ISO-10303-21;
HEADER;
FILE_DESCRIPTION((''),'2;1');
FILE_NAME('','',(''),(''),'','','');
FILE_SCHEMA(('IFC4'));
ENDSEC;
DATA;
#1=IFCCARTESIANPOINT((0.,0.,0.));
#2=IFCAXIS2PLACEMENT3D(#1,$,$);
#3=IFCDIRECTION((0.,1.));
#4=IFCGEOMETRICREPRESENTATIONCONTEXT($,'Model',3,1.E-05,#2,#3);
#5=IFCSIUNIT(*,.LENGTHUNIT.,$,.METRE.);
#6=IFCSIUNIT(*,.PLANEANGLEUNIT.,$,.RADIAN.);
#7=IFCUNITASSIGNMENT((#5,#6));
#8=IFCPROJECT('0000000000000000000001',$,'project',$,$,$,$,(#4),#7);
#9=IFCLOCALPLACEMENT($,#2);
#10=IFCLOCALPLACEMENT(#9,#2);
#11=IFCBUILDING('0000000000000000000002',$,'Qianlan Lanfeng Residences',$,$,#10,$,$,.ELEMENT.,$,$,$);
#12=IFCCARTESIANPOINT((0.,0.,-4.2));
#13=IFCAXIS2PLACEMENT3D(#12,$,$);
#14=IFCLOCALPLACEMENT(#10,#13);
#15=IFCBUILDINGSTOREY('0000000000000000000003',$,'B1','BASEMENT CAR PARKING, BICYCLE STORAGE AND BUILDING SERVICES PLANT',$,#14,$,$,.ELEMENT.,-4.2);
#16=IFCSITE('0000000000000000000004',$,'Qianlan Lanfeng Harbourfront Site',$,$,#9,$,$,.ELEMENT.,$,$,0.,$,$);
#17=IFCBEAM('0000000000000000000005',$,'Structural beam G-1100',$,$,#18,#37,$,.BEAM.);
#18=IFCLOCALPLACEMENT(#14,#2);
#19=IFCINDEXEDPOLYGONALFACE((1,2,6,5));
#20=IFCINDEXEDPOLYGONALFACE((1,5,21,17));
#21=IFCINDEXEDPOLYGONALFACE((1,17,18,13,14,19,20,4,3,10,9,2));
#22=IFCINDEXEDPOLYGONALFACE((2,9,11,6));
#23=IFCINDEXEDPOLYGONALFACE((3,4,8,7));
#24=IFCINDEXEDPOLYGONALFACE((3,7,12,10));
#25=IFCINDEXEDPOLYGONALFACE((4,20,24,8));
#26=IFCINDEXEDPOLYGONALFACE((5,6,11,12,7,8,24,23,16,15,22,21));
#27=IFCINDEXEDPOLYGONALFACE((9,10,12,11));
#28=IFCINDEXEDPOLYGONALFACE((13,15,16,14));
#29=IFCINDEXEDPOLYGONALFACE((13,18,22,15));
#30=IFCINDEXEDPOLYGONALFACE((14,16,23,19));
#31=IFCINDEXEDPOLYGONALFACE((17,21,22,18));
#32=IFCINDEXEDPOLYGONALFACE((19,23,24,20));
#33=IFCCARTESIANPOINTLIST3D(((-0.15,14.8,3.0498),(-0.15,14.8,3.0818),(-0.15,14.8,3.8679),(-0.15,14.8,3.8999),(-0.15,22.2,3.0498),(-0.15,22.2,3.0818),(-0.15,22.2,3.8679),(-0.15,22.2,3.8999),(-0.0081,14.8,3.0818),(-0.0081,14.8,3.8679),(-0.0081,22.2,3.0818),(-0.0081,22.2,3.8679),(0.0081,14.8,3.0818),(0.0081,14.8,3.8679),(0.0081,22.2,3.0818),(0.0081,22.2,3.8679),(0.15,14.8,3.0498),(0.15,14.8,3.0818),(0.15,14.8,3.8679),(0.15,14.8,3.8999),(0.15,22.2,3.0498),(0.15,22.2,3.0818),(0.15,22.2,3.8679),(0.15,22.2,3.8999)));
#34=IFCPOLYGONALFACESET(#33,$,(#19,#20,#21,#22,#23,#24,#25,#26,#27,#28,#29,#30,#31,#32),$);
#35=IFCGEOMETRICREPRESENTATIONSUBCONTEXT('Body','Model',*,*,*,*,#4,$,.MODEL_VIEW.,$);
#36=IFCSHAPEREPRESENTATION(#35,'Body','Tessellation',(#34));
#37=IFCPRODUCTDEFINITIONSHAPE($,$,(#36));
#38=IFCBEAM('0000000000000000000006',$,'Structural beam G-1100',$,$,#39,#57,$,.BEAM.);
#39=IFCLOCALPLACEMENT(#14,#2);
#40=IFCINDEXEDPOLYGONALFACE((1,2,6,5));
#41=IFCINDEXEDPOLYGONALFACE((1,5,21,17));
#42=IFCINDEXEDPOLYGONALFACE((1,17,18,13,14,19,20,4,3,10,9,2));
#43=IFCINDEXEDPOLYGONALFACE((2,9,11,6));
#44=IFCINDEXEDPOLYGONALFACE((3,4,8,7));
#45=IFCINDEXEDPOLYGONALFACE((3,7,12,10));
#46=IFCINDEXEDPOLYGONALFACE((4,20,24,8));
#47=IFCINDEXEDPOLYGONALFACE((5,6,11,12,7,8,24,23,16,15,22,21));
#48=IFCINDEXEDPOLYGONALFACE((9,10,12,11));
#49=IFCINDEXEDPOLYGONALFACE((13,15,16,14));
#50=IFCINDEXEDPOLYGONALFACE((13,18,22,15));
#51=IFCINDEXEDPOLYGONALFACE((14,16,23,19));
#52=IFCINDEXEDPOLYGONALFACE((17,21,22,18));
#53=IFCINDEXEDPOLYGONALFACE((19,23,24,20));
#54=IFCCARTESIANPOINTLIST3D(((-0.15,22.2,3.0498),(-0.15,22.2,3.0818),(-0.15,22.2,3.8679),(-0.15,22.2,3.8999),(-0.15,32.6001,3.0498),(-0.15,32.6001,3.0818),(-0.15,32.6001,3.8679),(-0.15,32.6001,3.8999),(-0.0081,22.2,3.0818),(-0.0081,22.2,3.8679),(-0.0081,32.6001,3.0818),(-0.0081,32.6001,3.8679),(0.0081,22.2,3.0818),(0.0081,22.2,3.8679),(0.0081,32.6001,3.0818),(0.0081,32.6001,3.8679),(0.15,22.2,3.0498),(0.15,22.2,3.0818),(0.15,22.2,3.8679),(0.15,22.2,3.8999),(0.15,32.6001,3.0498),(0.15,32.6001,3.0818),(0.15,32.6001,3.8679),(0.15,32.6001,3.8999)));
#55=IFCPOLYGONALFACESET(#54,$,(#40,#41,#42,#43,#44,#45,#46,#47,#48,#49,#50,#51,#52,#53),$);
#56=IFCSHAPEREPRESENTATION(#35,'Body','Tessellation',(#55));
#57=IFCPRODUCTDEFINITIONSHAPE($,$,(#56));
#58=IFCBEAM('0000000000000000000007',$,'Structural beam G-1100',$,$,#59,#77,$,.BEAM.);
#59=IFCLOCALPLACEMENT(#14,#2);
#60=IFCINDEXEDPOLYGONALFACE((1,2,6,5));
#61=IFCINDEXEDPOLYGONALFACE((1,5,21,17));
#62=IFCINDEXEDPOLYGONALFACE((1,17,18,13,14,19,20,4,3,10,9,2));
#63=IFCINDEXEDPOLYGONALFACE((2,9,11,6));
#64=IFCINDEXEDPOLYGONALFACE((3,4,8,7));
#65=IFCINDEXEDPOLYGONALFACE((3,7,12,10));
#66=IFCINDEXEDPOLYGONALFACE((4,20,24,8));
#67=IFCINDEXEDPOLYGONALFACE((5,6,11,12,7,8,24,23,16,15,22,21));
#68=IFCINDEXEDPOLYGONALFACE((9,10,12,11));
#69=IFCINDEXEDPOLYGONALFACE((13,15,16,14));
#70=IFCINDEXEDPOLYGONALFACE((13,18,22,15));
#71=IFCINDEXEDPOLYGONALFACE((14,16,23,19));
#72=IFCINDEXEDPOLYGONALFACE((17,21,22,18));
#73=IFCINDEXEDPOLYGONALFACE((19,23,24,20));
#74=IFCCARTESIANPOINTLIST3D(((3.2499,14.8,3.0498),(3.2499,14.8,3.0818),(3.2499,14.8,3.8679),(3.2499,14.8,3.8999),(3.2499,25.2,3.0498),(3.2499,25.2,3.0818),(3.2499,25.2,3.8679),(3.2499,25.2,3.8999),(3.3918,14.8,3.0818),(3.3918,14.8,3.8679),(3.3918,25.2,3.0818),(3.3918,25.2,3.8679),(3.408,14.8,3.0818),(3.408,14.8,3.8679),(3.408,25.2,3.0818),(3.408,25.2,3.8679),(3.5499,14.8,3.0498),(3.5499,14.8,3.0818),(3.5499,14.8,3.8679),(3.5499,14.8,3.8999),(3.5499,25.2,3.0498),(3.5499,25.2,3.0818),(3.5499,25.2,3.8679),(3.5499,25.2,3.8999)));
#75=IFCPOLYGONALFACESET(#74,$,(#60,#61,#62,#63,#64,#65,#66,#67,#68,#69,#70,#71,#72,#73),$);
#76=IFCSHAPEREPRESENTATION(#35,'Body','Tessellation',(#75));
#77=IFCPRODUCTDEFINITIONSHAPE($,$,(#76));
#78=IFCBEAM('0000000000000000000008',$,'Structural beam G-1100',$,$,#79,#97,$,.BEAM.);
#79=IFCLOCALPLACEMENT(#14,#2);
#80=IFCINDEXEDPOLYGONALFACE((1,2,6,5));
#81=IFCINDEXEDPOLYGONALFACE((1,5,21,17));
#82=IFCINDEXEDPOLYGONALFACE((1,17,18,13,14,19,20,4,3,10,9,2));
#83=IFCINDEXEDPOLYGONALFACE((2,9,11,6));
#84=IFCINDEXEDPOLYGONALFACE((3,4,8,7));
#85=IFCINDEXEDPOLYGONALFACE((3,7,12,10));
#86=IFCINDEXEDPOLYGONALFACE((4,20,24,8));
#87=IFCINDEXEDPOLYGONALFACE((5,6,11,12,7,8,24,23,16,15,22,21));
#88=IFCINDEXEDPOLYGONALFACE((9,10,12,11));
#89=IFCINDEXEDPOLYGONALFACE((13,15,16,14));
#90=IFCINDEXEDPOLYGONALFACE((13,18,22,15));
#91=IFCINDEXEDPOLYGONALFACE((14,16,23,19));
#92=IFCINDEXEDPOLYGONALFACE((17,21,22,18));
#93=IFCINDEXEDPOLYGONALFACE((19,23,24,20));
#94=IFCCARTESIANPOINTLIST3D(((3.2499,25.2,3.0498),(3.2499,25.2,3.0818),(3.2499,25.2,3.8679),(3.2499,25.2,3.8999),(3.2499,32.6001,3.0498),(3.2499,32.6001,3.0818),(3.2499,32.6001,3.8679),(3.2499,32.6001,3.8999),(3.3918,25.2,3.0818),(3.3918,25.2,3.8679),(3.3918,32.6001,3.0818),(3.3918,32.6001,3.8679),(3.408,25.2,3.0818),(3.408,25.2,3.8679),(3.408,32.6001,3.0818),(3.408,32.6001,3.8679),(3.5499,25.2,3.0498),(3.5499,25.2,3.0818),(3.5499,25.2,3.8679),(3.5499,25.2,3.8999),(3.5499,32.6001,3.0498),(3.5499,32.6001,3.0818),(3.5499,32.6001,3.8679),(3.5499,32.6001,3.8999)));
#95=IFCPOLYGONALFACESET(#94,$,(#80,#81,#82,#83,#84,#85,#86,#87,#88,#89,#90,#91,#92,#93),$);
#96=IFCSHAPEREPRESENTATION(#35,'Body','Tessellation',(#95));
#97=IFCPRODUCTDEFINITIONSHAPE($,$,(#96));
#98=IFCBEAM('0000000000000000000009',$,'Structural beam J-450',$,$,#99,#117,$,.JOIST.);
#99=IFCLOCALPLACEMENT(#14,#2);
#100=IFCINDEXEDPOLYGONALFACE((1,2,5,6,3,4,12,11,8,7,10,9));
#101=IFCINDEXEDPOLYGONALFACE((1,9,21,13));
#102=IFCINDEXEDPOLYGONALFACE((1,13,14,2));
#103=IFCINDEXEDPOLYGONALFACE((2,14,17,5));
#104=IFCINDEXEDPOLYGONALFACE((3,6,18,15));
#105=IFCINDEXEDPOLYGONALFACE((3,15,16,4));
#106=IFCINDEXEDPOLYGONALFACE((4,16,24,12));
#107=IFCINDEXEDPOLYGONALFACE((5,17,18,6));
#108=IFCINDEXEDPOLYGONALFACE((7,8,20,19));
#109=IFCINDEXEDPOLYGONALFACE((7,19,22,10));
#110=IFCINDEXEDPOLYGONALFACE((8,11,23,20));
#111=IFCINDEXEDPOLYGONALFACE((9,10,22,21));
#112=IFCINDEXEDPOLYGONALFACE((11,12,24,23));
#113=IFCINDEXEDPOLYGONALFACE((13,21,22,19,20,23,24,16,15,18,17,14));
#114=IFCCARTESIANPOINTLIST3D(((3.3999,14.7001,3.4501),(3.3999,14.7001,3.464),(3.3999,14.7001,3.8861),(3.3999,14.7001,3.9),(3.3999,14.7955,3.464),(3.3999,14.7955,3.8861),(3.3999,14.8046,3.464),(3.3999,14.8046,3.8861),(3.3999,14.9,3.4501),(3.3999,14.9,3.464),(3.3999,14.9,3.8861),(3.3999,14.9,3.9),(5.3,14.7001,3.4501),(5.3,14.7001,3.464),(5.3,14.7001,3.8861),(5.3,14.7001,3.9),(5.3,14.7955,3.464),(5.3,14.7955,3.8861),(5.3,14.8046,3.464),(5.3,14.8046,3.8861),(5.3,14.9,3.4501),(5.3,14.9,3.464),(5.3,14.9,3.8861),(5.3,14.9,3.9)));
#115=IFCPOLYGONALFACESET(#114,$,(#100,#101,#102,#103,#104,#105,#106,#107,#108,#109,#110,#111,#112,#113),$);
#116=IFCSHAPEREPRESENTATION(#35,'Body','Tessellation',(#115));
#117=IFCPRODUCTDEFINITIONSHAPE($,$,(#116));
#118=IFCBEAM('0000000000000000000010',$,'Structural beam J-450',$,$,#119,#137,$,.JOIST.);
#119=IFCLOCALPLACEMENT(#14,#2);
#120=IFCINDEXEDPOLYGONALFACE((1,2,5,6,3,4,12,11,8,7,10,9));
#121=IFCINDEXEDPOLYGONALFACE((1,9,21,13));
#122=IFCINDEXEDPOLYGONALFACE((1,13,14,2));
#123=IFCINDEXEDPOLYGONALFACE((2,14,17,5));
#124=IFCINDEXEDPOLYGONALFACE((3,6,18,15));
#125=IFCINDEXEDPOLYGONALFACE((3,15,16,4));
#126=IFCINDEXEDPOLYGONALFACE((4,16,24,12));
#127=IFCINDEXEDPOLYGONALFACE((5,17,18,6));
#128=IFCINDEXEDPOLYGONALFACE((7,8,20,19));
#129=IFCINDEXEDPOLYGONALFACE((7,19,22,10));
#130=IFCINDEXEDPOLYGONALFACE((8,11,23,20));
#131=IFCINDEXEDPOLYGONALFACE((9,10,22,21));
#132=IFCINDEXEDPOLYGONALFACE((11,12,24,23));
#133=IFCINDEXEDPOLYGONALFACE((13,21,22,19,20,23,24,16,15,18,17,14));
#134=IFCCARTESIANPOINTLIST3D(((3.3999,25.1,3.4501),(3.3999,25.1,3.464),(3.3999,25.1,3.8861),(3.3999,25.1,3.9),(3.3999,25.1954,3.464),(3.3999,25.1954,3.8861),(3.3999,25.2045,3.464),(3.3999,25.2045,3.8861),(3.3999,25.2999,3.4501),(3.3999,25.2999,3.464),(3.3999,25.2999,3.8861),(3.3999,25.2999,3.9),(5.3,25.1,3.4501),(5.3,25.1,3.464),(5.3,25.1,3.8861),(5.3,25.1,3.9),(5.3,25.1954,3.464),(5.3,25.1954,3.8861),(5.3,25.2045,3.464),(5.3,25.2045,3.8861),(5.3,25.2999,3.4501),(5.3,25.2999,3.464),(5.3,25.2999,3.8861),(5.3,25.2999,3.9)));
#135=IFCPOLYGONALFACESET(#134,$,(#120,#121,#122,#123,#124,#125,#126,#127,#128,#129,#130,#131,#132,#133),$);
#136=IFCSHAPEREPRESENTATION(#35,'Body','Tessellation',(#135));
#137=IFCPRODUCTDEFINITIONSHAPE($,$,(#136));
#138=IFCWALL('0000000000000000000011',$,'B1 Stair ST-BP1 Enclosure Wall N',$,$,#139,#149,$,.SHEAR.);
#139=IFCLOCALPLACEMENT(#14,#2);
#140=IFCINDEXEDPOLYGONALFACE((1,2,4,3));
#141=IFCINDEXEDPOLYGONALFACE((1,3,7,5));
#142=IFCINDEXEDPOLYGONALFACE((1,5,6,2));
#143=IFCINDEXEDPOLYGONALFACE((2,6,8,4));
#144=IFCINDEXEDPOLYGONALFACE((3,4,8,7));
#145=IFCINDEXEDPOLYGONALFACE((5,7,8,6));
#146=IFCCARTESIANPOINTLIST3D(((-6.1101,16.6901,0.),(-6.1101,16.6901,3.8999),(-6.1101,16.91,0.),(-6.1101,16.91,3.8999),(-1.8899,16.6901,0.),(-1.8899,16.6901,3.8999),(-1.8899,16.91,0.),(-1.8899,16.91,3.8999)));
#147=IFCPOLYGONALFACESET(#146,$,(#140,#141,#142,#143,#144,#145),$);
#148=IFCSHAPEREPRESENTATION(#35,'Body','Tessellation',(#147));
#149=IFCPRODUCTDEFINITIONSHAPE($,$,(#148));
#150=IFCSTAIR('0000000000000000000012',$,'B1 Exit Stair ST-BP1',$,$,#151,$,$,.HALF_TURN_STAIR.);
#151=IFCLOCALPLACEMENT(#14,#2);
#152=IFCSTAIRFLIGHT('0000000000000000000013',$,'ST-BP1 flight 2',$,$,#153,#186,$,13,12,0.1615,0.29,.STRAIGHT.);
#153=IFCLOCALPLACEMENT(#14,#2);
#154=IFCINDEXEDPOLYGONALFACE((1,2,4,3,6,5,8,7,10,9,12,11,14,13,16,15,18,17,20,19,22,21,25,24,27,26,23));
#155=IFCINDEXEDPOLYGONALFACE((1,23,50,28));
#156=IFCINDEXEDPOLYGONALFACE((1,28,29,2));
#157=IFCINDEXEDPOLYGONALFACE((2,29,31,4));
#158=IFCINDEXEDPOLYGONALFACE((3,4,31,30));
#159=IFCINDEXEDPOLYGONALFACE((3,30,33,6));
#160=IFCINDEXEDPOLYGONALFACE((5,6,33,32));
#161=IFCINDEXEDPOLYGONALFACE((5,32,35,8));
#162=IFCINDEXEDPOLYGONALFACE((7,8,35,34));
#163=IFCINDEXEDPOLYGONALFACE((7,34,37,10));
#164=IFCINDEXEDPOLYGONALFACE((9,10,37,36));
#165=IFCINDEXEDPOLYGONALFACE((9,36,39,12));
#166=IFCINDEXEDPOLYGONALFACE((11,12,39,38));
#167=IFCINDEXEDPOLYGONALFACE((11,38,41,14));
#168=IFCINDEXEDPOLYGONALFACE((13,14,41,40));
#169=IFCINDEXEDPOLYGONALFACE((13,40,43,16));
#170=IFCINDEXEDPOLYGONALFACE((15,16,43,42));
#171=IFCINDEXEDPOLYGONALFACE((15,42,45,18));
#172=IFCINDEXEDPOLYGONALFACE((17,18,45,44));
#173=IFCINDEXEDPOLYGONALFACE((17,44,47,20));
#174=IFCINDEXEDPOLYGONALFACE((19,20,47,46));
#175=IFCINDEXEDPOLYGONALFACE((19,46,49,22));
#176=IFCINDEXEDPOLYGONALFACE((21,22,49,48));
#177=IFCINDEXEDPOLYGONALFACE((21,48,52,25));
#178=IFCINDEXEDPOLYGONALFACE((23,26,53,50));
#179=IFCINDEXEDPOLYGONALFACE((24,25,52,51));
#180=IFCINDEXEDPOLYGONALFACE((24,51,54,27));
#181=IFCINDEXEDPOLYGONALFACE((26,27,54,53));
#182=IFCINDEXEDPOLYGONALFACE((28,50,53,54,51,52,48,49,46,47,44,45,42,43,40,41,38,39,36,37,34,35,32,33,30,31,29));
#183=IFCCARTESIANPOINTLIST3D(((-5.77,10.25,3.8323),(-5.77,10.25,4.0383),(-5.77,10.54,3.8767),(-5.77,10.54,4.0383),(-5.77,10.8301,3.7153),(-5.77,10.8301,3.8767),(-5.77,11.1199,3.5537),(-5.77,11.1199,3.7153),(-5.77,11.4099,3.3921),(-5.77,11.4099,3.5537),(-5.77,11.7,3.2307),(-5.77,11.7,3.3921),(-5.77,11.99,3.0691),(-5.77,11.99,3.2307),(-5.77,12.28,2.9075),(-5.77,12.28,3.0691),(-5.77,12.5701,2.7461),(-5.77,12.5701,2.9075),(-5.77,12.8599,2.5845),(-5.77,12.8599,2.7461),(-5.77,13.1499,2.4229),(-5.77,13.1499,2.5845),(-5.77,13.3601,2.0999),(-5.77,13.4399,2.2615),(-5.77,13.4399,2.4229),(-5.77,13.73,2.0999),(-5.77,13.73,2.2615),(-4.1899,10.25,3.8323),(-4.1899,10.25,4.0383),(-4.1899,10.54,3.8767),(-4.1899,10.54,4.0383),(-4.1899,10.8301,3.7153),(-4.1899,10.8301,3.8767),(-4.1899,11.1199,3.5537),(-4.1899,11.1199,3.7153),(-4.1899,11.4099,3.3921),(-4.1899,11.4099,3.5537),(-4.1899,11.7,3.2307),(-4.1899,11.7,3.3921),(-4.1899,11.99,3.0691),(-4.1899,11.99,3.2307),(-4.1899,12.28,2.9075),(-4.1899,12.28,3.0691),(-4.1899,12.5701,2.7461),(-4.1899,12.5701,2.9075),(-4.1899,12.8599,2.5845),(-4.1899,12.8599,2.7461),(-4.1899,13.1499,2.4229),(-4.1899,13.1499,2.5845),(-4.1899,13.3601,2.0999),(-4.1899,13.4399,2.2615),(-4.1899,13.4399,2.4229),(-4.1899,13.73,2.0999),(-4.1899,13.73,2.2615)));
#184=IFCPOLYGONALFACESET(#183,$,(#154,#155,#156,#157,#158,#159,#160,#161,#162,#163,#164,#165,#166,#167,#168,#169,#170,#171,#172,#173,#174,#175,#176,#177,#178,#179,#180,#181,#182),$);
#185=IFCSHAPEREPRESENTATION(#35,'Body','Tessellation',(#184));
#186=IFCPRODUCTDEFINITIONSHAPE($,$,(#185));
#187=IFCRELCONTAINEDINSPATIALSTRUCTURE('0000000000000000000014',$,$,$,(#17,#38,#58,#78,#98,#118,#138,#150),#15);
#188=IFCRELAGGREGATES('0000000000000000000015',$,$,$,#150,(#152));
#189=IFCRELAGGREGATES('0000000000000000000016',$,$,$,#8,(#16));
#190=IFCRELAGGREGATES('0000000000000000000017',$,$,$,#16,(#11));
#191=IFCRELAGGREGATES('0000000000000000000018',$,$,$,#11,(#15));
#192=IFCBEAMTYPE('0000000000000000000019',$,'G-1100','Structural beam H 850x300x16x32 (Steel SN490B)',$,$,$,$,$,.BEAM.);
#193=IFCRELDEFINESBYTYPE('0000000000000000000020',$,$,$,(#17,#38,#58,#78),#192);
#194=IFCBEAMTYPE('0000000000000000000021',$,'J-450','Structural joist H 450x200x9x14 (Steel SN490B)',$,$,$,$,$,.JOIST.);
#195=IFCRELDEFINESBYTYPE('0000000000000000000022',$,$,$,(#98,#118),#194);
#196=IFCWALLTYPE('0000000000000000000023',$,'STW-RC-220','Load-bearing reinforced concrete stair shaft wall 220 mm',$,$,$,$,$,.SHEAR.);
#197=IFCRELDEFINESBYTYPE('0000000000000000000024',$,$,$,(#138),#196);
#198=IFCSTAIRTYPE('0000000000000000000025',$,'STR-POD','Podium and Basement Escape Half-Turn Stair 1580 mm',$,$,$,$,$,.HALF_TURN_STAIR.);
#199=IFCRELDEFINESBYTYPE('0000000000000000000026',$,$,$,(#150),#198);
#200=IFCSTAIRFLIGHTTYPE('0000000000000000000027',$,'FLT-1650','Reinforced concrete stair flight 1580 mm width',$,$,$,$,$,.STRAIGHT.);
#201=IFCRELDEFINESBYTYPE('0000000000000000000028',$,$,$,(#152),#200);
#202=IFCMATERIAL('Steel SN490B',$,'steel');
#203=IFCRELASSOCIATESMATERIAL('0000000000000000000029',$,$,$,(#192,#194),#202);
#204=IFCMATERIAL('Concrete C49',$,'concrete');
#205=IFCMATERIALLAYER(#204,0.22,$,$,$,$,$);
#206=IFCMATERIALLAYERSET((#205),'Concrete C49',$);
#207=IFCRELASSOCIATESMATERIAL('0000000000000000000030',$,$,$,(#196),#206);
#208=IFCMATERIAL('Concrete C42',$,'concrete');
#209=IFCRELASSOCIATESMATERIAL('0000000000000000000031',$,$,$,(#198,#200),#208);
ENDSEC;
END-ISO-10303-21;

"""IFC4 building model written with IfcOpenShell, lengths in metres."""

from ifc_helpers import new_model, si_unit, direction, frame, frame_2d, origin, origin_2d, place, context, subcontext, project, spatial, polyline, rectangle, i_section, outline, extrude, material, layer, layer_set, material_profile, profile_set, type_object, element, aggregate, save


model = new_model("IFC4")

# Units and contexts
model_context = context("Model", 3, precision=1e-05, world=origin(), true_north=direction((0.0, 1.0)))
body_context = subcontext(model_context, "Body", "Model", "MODEL_VIEW")
ifc_project = project(units=[si_unit("LENGTHUNIT", "METRE"), si_unit("PLANEANGLEUNIT", "RADIAN")], contexts=[model_context])

# Site, building, storey
site_placement = place(None, origin())
site = spatial("IfcSite", under=ifc_project, at=site_placement, Name="Qianlan Lanfeng Harbourfront Site", CompositionType="ELEMENT", RefElevation=0.0)
building_placement = place(site_placement, origin())
building = spatial("IfcBuilding", under=site, at=building_placement, Name="Qianlan Lanfeng Residences", CompositionType="ELEMENT")
storey_placement = place(building_placement, frame((0.0, 0.0, -4.2)))
storey = spatial("IfcBuildingStorey", under=building, at=storey_placement, Name="B1", Description="BASEMENT CAR PARKING, BICYCLE STORAGE AND BUILDING SERVICES PLANT", CompositionType="ELEMENT", Elevation=-4.2)

# Beams
ifc_material_1 = material(Name="Steel SN490B", Category="steel")
ifc_material_profile_1 = material_profile(ifc_material_1, i_section(OverallWidth=0.3, OverallDepth=0.8501, WebThickness=0.0161, FlangeThickness=0.032, at=origin_2d()), Name="H 850x300x16x32")
ifc_profile_set_1 = profile_set([ifc_material_profile_1], Name="Steel SN490B")
beam_type_1 = type_object("IfcBeamType", Name="G-1100", Description="Structural beam H 850x300x16x32 (Steel SN490B)", PredefinedType="BEAM", material=ifc_profile_set_1)
beam_1_placement = place(storey_placement, frame((0.0, 14.8, 3.4749), z_axis=(0.0, 1.0, 0.0), x_axis=(-1.0, 0.0, 0.0)))
element("IfcBeam", 1, at=beam_1_placement, inside=storey, type_object=beam_type_1, Name="Structural beam G-1100", PredefinedType="BEAM", context=body_context, shape_type="SweptSolid", body=[
    extrude(i_section(OverallWidth=0.3, OverallDepth=0.8501, WebThickness=0.0161, FlangeThickness=0.032, at=origin_2d()), origin(), (0.0, 0.0, 1.0), 7.3999),
])
beam_2_placement = place(storey_placement, frame((0.0, 22.2, 3.4749), z_axis=(0.0, 1.0, 0.0), x_axis=(-1.0, 0.0, 0.0)))
element("IfcBeam", 2, at=beam_2_placement, inside=storey, type_object=beam_type_1, Name="Structural beam G-1100", PredefinedType="BEAM", context=body_context, shape_type="SweptSolid", body=[
    extrude(i_section(OverallWidth=0.3, OverallDepth=0.8501, WebThickness=0.0161, FlangeThickness=0.032, at=origin_2d()), origin(), (0.0, 0.0, 1.0), 10.4001),
])
beam_3_placement = place(storey_placement, frame((3.3999, 14.8, 3.4749), z_axis=(0.0, 1.0, 0.0), x_axis=(-1.0, 0.0, 0.0)))
element("IfcBeam", 3, at=beam_3_placement, inside=storey, type_object=beam_type_1, Name="Structural beam G-1100", PredefinedType="BEAM", context=body_context, shape_type="SweptSolid", body=[
    extrude(i_section(OverallWidth=0.3, OverallDepth=0.8501, WebThickness=0.0161, FlangeThickness=0.032, at=origin_2d()), origin(), (0.0, 0.0, 1.0), 10.3999),
])
beam_4_placement = place(storey_placement, frame((3.3999, 25.2, 3.4749), z_axis=(0.0, 1.0, 0.0), x_axis=(-1.0, 0.0, 0.0)))
element("IfcBeam", 4, at=beam_4_placement, inside=storey, type_object=beam_type_1, Name="Structural beam G-1100", PredefinedType="BEAM", context=body_context, shape_type="SweptSolid", body=[
    extrude(i_section(OverallWidth=0.3, OverallDepth=0.8501, WebThickness=0.0161, FlangeThickness=0.032, at=origin_2d()), origin(), (0.0, 0.0, 1.0), 7.4001),
])
ifc_material_profile_2 = material_profile(ifc_material_1, i_section(OverallWidth=0.2, OverallDepth=0.45, WebThickness=0.009, FlangeThickness=0.0139, at=origin_2d()), Name="H 450x200x9x14")
ifc_profile_set_2 = profile_set([ifc_material_profile_2], Name="Steel SN490B")
beam_type_2 = type_object("IfcBeamType", Name="J-450", Description="Structural joist H 450x200x9x14 (Steel SN490B)", PredefinedType="JOIST", material=ifc_profile_set_2)
for number, where, z_axis, x_axis, name in (
    (5, (3.3999, 14.8, 3.675), (1.0, 0.0, 0.0), (0.0, 1.0, 0.0), "Structural beam J-450"),
    (6, (3.3999, 25.2, 3.675), (1.0, 0.0, 0.0), (0.0, 1.0, 0.0), "Structural beam J-450"),
):
    element("IfcBeam", number, at=place(storey_placement, frame(where, z_axis=z_axis, x_axis=x_axis)), inside=storey, type_object=beam_type_2, Name=name, PredefinedType="JOIST", context=body_context, shape_type="SweptSolid", body=[
        extrude(i_section(OverallWidth=0.2, OverallDepth=0.45, WebThickness=0.009, FlangeThickness=0.0139, at=origin_2d()), origin(), (0.0, 0.0, 1.0), 1.9001),
    ])

# Wall
ifc_material_2 = material(Name="Concrete C49", Category="concrete")
ifc_layer = layer(ifc_material_2, 0.22)
ifc_layer_set = layer_set([ifc_layer], Name="Concrete C49")
wall_type = type_object("IfcWallType", Name="STW-RC-220", Description="Load-bearing reinforced concrete stair shaft wall 220 mm", PredefinedType="SHEAR", material=ifc_layer_set)
wall_placement = place(storey_placement, frame((-6.1101, 16.8, 0.0), z_axis=(0.0, 0.0, 1.0), x_axis=(1.0, 0.0, 0.0)))
element("IfcWall", 7, at=wall_placement, inside=storey, type_object=wall_type, Name="B1 Stair ST-BP1 Enclosure Wall N", PredefinedType="SHEAR", context=body_context, shape_type="SweptSolid", body=[
    extrude(rectangle(XDim=4.2202, YDim=0.22, at=frame_2d((2.1101, 0.0))), origin(), (0.0, 0.0, 1.0), 3.8999),
])

# Stair, stair flight
ifc_material_3 = material(Name="Concrete C42", Category="concrete")
stair_type = type_object("IfcStairType", Name="STR-POD", Description="Podium and Basement Escape Half-Turn Stair 1580 mm", PredefinedType="HALF_TURN_STAIR", material=ifc_material_3)
stair_placement = place(storey_placement, origin())
stair = element("IfcStair", 8, at=stair_placement, inside=storey, type_object=stair_type, Name="B1 Exit Stair ST-BP1", PredefinedType="HALF_TURN_STAIR")
stair_flight_type = type_object("IfcStairFlightType", Name="FLT-1650", Description="Reinforced concrete stair flight 1580 mm width", PredefinedType="STRAIGHT", material=ifc_material_3)
stair_flight_placement = place(storey_placement, frame((-4.98, 13.73, 2.0999), z_axis=(0.0, 0.0, 1.0), x_axis=(0.0, -1.0, 0.0)))
stair_flight = element("IfcStairFlight", 9, at=stair_flight_placement, type_object=stair_flight_type, Name="ST-BP1 flight 2", NumberOfRisers=13, NumberOfTreads=12, PredefinedType="STRAIGHT", RiserHeight=0.1615, TreadLength=0.29, context=body_context, shape_type="SweptSolid", body=[
    extrude(outline(polyline([(0.0, 0.0), (0.0, 0.1616), (0.29, 0.1616), (0.29, 0.323), (0.5801, 0.323), (0.5801, 0.4846), (0.8701, 0.4846), (0.8701, 0.6462), (1.1599, 0.6462), (1.1599, 0.8076), (1.45, 0.8076), (1.45, 0.9692), (1.74, 0.9692), (1.74, 1.1309), (2.03, 1.1309), (2.03, 1.2922), (2.3201, 1.2922), (2.3201, 1.4539), (2.6101, 1.4539), (2.6101, 1.6155), (2.8999, 1.6155), (2.8999, 1.7769), (3.1899, 1.7769), (3.1899, 1.9385), (3.48, 1.9385), (3.48, 2.1001), (3.48, 1.7324), (0.3699, 0.0), (0.0, 0.0)])), frame((0.0, 0.79, 0.0), z_axis=(0.0, -1.0, 0.0), x_axis=(1.0, 0.0, 0.0)), (0.0, 0.0, 1.0), 1.5801),
])
aggregate(stair, [stair_flight])

save(model, "model.ifc")
